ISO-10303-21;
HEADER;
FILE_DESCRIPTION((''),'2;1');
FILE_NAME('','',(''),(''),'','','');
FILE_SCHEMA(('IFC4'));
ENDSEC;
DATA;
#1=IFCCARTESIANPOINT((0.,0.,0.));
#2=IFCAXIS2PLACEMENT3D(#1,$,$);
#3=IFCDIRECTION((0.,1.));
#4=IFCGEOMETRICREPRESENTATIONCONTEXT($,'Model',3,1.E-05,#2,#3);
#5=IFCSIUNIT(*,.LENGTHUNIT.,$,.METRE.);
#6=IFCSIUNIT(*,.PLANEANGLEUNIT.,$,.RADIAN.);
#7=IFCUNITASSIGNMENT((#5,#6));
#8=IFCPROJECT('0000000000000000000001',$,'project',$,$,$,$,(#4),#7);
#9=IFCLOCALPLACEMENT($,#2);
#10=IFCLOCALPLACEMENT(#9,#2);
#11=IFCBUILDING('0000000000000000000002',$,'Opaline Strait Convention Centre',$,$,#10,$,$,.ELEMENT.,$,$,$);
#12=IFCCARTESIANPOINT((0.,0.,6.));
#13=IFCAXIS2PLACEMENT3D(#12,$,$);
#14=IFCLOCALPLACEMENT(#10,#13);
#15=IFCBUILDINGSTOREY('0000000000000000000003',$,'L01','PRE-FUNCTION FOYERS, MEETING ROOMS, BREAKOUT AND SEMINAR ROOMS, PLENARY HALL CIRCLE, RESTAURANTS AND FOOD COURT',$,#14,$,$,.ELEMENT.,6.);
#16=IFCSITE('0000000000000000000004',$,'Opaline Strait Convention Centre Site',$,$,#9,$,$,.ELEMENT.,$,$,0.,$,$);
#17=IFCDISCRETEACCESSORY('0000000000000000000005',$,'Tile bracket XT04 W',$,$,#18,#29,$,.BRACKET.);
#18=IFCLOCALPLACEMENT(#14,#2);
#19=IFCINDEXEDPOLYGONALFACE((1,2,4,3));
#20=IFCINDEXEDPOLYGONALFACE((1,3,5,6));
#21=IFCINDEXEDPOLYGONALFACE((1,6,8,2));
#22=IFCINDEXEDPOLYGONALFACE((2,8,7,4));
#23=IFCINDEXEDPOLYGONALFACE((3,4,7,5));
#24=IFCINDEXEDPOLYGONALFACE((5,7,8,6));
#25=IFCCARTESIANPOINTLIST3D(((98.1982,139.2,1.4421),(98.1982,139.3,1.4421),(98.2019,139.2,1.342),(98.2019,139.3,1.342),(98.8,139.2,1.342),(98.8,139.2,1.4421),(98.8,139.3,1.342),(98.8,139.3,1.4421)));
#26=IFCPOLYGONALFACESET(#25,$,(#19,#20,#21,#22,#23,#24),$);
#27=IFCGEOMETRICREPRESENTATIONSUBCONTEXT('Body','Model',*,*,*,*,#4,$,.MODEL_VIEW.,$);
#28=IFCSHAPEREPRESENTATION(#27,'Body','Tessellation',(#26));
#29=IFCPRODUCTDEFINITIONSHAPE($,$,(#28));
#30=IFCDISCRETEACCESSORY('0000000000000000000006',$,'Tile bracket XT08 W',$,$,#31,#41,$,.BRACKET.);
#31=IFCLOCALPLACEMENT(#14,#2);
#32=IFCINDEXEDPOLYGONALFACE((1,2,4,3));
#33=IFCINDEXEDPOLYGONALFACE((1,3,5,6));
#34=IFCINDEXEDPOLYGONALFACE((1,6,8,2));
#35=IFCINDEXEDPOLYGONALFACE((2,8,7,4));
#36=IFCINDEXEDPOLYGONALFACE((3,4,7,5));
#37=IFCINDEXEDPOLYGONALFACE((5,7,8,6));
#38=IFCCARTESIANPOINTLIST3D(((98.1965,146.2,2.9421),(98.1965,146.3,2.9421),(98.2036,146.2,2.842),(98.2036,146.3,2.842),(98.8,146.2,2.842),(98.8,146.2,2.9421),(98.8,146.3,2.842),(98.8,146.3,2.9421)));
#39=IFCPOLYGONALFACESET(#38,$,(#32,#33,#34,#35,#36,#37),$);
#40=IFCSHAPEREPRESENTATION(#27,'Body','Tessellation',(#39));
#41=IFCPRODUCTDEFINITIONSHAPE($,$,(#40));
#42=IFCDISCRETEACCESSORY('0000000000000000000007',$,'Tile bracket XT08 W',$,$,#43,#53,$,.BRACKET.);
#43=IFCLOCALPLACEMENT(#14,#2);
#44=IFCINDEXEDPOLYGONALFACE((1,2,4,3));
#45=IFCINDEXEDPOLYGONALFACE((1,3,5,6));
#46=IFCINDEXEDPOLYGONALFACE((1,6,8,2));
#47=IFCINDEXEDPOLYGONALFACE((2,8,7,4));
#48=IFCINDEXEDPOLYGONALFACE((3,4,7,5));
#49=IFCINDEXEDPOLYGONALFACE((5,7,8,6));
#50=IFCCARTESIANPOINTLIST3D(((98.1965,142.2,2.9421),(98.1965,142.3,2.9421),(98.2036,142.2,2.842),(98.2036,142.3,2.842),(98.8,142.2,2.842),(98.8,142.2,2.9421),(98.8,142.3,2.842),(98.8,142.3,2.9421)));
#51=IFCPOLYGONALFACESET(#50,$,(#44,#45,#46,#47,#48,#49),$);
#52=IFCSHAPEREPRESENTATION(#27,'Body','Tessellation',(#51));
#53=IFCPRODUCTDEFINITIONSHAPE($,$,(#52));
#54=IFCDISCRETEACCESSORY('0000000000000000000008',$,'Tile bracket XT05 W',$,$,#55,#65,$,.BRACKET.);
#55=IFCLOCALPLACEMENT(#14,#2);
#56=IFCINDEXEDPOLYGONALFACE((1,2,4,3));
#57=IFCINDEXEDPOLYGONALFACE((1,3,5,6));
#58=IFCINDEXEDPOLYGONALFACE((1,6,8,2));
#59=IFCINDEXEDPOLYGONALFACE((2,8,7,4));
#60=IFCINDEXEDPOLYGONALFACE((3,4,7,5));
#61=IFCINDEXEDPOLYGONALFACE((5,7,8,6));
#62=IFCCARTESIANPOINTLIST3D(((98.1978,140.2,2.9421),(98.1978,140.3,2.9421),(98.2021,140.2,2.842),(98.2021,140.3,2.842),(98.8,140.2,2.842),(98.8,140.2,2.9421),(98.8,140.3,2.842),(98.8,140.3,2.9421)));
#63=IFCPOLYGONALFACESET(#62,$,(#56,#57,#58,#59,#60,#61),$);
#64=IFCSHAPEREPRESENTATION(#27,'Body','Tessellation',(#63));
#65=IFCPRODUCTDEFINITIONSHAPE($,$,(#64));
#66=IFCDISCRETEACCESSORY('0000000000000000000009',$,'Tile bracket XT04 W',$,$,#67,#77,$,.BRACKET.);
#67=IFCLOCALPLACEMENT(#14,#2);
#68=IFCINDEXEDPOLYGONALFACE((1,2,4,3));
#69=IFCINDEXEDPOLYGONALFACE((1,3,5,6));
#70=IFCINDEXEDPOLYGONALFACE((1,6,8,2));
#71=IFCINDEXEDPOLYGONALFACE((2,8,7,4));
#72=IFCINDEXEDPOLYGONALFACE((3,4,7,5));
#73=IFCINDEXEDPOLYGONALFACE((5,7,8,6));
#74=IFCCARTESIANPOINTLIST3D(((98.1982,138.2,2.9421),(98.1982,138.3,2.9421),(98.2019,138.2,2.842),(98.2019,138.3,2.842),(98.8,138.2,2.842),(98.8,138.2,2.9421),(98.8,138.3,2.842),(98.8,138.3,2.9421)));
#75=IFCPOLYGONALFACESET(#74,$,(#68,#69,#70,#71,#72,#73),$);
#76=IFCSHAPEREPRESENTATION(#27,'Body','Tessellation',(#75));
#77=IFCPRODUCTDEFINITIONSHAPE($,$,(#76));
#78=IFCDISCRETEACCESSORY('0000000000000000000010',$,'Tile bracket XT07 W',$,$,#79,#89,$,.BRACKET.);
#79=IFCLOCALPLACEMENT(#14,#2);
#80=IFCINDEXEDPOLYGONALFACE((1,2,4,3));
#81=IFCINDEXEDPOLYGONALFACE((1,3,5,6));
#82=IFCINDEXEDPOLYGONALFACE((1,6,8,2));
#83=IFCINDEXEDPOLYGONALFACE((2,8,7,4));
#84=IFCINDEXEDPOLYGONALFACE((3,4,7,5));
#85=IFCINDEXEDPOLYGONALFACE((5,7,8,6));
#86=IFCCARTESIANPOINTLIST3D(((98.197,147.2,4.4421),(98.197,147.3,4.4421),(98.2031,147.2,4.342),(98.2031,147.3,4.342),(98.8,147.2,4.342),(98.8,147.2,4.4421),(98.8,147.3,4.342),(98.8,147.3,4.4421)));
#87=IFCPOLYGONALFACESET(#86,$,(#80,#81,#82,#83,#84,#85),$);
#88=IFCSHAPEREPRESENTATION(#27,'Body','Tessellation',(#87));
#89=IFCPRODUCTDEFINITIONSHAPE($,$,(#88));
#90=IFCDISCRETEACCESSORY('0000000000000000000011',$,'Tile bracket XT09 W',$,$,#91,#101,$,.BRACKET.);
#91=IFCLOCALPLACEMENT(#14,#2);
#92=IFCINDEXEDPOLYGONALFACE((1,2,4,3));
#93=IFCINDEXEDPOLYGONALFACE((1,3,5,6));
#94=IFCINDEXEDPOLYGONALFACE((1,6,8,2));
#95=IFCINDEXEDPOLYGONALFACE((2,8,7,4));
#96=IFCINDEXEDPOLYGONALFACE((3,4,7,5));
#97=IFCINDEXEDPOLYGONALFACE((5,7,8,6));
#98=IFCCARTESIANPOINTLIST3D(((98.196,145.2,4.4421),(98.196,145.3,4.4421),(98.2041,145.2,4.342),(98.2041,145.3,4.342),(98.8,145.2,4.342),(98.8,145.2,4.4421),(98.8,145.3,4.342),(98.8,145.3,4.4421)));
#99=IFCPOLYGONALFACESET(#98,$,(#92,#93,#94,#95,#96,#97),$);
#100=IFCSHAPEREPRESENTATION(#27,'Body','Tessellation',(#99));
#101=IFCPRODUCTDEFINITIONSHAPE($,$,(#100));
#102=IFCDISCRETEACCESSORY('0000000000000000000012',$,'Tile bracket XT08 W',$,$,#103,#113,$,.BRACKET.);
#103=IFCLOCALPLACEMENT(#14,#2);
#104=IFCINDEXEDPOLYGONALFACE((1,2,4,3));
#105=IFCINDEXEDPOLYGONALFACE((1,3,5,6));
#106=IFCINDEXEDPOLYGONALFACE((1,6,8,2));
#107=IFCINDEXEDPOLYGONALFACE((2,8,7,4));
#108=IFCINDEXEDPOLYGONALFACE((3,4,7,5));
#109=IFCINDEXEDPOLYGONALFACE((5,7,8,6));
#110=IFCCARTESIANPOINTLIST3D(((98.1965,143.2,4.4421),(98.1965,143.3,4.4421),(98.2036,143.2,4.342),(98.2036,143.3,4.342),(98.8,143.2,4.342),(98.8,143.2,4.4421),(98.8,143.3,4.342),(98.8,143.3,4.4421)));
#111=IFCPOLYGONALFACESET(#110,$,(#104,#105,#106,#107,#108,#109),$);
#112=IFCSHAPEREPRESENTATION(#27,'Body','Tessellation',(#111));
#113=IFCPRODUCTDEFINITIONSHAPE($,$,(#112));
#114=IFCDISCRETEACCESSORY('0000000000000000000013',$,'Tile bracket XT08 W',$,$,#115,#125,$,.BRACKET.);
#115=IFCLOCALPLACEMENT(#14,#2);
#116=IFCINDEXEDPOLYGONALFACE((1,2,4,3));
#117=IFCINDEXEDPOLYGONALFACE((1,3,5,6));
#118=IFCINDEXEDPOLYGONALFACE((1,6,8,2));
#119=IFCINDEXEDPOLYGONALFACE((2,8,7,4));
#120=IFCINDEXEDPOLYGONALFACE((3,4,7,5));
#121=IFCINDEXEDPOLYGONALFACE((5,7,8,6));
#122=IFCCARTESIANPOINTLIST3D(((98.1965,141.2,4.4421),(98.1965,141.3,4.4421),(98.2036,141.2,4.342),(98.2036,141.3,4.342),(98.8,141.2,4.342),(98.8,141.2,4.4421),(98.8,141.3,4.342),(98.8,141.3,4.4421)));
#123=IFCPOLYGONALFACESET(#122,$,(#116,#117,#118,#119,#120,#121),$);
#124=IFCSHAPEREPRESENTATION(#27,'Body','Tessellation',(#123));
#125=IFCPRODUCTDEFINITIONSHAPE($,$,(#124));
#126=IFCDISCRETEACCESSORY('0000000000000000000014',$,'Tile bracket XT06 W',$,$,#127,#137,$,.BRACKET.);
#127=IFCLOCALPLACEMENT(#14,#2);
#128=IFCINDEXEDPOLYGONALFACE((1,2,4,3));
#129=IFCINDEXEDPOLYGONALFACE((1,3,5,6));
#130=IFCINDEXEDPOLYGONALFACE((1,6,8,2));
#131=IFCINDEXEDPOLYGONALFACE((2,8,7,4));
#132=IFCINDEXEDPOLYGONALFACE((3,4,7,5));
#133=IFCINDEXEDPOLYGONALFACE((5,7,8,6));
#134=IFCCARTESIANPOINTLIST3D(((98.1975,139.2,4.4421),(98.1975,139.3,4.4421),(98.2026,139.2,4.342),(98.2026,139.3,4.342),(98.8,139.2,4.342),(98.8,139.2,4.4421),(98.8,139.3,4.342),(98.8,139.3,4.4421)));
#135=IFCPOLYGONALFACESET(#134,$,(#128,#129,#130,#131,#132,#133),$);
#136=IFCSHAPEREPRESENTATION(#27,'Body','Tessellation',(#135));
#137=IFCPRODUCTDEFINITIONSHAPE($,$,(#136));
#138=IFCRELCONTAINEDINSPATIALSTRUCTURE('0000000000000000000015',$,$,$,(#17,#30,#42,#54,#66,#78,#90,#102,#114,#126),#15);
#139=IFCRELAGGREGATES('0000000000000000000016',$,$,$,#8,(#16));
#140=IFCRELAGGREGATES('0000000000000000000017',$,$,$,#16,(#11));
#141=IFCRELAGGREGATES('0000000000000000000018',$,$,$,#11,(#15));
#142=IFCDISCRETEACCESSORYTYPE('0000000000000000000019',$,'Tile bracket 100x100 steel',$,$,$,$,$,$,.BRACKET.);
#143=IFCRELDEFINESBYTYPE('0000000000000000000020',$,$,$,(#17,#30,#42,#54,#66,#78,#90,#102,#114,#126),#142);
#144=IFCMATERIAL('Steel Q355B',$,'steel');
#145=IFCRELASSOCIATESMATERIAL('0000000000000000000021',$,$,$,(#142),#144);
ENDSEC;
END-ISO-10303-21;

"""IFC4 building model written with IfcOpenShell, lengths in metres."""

from ifc_helpers import new_model, si_unit, direction, frame, origin, place, context, subcontext, project, spatial, polyline, outline, extrude, material, type_object, element, save


model = new_model("IFC4")

# Units and contexts
model_context = context("Model", 3, precision=1e-05, world=origin(), true_north=direction((0.0, 1.0)))
body_context = subcontext(model_context, "Body", "Model", "MODEL_VIEW")
ifc_project = project(units=[si_unit("LENGTHUNIT", "METRE"), si_unit("PLANEANGLEUNIT", "RADIAN")], contexts=[model_context])

# Site, building, storey
site_placement = place(None, origin())
site = spatial("IfcSite", under=ifc_project, at=site_placement, Name="Opaline Strait Convention Centre Site", CompositionType="ELEMENT", RefElevation=0.0)
building_placement = place(site_placement, origin())
building = spatial("IfcBuilding", under=site, at=building_placement, Name="Opaline Strait Convention Centre", CompositionType="ELEMENT")
storey_placement = place(building_placement, frame((0.0, 0.0, 6.0)))
storey = spatial("IfcBuildingStorey", under=building, at=storey_placement, Name="L01", Description="PRE-FUNCTION FOYERS, MEETING ROOMS, BREAKOUT AND SEMINAR ROOMS, PLENARY HALL CIRCLE, RESTAURANTS AND FOOD COURT", CompositionType="ELEMENT", Elevation=6.0)

# Shared definitions
ifc_material_1 = material(Name="Steel Q355B", Category="steel")

# Discrete accessories
discrete_accessory_type = type_object("IfcDiscreteAccessoryType", Name="Tile bracket 100x100 steel", PredefinedType="BRACKET", material=ifc_material_1)
discrete_accessory_1_placement = place(storey_placement, frame((98.8, 139.3, 1.3921), z_axis=(0.0, -1.0, 0.0), x_axis=(1.0, 0.0, 0.0)))
element("IfcDiscreteAccessory", 1, at=discrete_accessory_1_placement, inside=storey, type_object=discrete_accessory_type, Name="Tile bracket XT04 W", PredefinedType="BRACKET", context=body_context, shape_type="SweptSolid", body=[
    extrude(outline(polyline([(0.0, -0.05), (0.0, 0.05), (-0.6018, 0.05), (-0.5981, -0.05), (0.0, -0.05)])), origin(), (0.0, 0.0, 1.0), 0.1001),
])
for number, where, z_axis, x_axis, name in (
    (2, (98.8, 146.3, 2.8921), (0.0, -1.0, 0.0), (1.0, 0.0, 0.0), "Tile bracket XT08 W"),
    (3, (98.8, 142.3, 2.8921), (0.0, -1.0, 0.0), (1.0, 0.0, 0.0), "Tile bracket XT08 W"),
):
    element("IfcDiscreteAccessory", number, at=place(storey_placement, frame(where, z_axis=z_axis, x_axis=x_axis)), inside=storey, type_object=discrete_accessory_type, Name=name, PredefinedType="BRACKET", context=body_context, shape_type="SweptSolid", body=[
        extrude(outline(polyline([(0.0, -0.05), (0.0, 0.05), (-0.6035, 0.05), (-0.5964, -0.05), (0.0, -0.05)])), origin(), (0.0, 0.0, 1.0), 0.1001),
    ])
discrete_accessory_2_placement = place(storey_placement, frame((98.8, 140.3, 2.8921), z_axis=(0.0, -1.0, 0.0), x_axis=(1.0, 0.0, 0.0)))
element("IfcDiscreteAccessory", 4, at=discrete_accessory_2_placement, inside=storey, type_object=discrete_accessory_type, Name="Tile bracket XT05 W", PredefinedType="BRACKET", context=body_context, shape_type="SweptSolid", body=[
    extrude(outline(polyline([(0.0, -0.05), (0.0, 0.05), (-0.6023, 0.05), (-0.5979, -0.05), (0.0, -0.05)])), origin(), (0.0, 0.0, 1.0), 0.1001),
])
discrete_accessory_3_placement = place(storey_placement, frame((98.8, 138.3, 2.8921), z_axis=(0.0, -1.0, 0.0), x_axis=(1.0, 0.0, 0.0)))
element("IfcDiscreteAccessory", 5, at=discrete_accessory_3_placement, inside=storey, type_object=discrete_accessory_type, Name="Tile bracket XT04 W", PredefinedType="BRACKET", context=body_context, shape_type="SweptSolid", body=[
    extrude(outline(polyline([(0.0, -0.05), (0.0, 0.05), (-0.6018, 0.05), (-0.5981, -0.05), (0.0, -0.05)])), origin(), (0.0, 0.0, 1.0), 0.1001),
])
discrete_accessory_4_placement = place(storey_placement, frame((98.8, 147.3, 4.3921), z_axis=(0.0, -1.0, 0.0), x_axis=(1.0, 0.0, 0.0)))
element("IfcDiscreteAccessory", 6, at=discrete_accessory_4_placement, inside=storey, type_object=discrete_accessory_type, Name="Tile bracket XT07 W", PredefinedType="BRACKET", context=body_context, shape_type="SweptSolid", body=[
    extrude(outline(polyline([(0.0, -0.05), (0.0, 0.05), (-0.603, 0.05), (-0.5969, -0.05), (0.0, -0.05)])), origin(), (0.0, 0.0, 1.0), 0.1001),
])
discrete_accessory_5_placement = place(storey_placement, frame((98.8, 145.3, 4.3921), z_axis=(0.0, -1.0, 0.0), x_axis=(1.0, 0.0, 0.0)))
element("IfcDiscreteAccessory", 7, at=discrete_accessory_5_placement, inside=storey, type_object=discrete_accessory_type, Name="Tile bracket XT09 W", PredefinedType="BRACKET", context=body_context, shape_type="SweptSolid", body=[
    extrude(outline(polyline([(0.0, -0.05), (0.0, 0.05), (-0.604, 0.05), (-0.5959, -0.05), (0.0, -0.05)])), origin(), (0.0, 0.0, 1.0), 0.1001),
])
for number, where, z_axis, x_axis, name in (
    (8, (98.8, 143.3, 4.3921), (0.0, -1.0, 0.0), (1.0, 0.0, 0.0), "Tile bracket XT08 W"),
    (9, (98.8, 141.3, 4.3921), (0.0, -1.0, 0.0), (1.0, 0.0, 0.0), "Tile bracket XT08 W"),
):
    element("IfcDiscreteAccessory", number, at=place(storey_placement, frame(where, z_axis=z_axis, x_axis=x_axis)), inside=storey, type_object=discrete_accessory_type, Name=name, PredefinedType="BRACKET", context=body_context, shape_type="SweptSolid", body=[
        extrude(outline(polyline([(0.0, -0.05), (0.0, 0.05), (-0.6035, 0.05), (-0.5964, -0.05), (0.0, -0.05)])), origin(), (0.0, 0.0, 1.0), 0.1001),
    ])
discrete_accessory_6_placement = place(storey_placement, frame((98.8, 139.3, 4.3921), z_axis=(0.0, -1.0, 0.0), x_axis=(1.0, 0.0, 0.0)))
element("IfcDiscreteAccessory", 10, at=discrete_accessory_6_placement, inside=storey, type_object=discrete_accessory_type, Name="Tile bracket XT06 W", PredefinedType="BRACKET", context=body_context, shape_type="SweptSolid", body=[
    extrude(outline(polyline([(0.0, -0.05), (0.0, 0.05), (-0.6025, 0.05), (-0.5974, -0.05), (0.0, -0.05)])), origin(), (0.0, 0.0, 1.0), 0.1001),
])

save(model, "model.ifc")
